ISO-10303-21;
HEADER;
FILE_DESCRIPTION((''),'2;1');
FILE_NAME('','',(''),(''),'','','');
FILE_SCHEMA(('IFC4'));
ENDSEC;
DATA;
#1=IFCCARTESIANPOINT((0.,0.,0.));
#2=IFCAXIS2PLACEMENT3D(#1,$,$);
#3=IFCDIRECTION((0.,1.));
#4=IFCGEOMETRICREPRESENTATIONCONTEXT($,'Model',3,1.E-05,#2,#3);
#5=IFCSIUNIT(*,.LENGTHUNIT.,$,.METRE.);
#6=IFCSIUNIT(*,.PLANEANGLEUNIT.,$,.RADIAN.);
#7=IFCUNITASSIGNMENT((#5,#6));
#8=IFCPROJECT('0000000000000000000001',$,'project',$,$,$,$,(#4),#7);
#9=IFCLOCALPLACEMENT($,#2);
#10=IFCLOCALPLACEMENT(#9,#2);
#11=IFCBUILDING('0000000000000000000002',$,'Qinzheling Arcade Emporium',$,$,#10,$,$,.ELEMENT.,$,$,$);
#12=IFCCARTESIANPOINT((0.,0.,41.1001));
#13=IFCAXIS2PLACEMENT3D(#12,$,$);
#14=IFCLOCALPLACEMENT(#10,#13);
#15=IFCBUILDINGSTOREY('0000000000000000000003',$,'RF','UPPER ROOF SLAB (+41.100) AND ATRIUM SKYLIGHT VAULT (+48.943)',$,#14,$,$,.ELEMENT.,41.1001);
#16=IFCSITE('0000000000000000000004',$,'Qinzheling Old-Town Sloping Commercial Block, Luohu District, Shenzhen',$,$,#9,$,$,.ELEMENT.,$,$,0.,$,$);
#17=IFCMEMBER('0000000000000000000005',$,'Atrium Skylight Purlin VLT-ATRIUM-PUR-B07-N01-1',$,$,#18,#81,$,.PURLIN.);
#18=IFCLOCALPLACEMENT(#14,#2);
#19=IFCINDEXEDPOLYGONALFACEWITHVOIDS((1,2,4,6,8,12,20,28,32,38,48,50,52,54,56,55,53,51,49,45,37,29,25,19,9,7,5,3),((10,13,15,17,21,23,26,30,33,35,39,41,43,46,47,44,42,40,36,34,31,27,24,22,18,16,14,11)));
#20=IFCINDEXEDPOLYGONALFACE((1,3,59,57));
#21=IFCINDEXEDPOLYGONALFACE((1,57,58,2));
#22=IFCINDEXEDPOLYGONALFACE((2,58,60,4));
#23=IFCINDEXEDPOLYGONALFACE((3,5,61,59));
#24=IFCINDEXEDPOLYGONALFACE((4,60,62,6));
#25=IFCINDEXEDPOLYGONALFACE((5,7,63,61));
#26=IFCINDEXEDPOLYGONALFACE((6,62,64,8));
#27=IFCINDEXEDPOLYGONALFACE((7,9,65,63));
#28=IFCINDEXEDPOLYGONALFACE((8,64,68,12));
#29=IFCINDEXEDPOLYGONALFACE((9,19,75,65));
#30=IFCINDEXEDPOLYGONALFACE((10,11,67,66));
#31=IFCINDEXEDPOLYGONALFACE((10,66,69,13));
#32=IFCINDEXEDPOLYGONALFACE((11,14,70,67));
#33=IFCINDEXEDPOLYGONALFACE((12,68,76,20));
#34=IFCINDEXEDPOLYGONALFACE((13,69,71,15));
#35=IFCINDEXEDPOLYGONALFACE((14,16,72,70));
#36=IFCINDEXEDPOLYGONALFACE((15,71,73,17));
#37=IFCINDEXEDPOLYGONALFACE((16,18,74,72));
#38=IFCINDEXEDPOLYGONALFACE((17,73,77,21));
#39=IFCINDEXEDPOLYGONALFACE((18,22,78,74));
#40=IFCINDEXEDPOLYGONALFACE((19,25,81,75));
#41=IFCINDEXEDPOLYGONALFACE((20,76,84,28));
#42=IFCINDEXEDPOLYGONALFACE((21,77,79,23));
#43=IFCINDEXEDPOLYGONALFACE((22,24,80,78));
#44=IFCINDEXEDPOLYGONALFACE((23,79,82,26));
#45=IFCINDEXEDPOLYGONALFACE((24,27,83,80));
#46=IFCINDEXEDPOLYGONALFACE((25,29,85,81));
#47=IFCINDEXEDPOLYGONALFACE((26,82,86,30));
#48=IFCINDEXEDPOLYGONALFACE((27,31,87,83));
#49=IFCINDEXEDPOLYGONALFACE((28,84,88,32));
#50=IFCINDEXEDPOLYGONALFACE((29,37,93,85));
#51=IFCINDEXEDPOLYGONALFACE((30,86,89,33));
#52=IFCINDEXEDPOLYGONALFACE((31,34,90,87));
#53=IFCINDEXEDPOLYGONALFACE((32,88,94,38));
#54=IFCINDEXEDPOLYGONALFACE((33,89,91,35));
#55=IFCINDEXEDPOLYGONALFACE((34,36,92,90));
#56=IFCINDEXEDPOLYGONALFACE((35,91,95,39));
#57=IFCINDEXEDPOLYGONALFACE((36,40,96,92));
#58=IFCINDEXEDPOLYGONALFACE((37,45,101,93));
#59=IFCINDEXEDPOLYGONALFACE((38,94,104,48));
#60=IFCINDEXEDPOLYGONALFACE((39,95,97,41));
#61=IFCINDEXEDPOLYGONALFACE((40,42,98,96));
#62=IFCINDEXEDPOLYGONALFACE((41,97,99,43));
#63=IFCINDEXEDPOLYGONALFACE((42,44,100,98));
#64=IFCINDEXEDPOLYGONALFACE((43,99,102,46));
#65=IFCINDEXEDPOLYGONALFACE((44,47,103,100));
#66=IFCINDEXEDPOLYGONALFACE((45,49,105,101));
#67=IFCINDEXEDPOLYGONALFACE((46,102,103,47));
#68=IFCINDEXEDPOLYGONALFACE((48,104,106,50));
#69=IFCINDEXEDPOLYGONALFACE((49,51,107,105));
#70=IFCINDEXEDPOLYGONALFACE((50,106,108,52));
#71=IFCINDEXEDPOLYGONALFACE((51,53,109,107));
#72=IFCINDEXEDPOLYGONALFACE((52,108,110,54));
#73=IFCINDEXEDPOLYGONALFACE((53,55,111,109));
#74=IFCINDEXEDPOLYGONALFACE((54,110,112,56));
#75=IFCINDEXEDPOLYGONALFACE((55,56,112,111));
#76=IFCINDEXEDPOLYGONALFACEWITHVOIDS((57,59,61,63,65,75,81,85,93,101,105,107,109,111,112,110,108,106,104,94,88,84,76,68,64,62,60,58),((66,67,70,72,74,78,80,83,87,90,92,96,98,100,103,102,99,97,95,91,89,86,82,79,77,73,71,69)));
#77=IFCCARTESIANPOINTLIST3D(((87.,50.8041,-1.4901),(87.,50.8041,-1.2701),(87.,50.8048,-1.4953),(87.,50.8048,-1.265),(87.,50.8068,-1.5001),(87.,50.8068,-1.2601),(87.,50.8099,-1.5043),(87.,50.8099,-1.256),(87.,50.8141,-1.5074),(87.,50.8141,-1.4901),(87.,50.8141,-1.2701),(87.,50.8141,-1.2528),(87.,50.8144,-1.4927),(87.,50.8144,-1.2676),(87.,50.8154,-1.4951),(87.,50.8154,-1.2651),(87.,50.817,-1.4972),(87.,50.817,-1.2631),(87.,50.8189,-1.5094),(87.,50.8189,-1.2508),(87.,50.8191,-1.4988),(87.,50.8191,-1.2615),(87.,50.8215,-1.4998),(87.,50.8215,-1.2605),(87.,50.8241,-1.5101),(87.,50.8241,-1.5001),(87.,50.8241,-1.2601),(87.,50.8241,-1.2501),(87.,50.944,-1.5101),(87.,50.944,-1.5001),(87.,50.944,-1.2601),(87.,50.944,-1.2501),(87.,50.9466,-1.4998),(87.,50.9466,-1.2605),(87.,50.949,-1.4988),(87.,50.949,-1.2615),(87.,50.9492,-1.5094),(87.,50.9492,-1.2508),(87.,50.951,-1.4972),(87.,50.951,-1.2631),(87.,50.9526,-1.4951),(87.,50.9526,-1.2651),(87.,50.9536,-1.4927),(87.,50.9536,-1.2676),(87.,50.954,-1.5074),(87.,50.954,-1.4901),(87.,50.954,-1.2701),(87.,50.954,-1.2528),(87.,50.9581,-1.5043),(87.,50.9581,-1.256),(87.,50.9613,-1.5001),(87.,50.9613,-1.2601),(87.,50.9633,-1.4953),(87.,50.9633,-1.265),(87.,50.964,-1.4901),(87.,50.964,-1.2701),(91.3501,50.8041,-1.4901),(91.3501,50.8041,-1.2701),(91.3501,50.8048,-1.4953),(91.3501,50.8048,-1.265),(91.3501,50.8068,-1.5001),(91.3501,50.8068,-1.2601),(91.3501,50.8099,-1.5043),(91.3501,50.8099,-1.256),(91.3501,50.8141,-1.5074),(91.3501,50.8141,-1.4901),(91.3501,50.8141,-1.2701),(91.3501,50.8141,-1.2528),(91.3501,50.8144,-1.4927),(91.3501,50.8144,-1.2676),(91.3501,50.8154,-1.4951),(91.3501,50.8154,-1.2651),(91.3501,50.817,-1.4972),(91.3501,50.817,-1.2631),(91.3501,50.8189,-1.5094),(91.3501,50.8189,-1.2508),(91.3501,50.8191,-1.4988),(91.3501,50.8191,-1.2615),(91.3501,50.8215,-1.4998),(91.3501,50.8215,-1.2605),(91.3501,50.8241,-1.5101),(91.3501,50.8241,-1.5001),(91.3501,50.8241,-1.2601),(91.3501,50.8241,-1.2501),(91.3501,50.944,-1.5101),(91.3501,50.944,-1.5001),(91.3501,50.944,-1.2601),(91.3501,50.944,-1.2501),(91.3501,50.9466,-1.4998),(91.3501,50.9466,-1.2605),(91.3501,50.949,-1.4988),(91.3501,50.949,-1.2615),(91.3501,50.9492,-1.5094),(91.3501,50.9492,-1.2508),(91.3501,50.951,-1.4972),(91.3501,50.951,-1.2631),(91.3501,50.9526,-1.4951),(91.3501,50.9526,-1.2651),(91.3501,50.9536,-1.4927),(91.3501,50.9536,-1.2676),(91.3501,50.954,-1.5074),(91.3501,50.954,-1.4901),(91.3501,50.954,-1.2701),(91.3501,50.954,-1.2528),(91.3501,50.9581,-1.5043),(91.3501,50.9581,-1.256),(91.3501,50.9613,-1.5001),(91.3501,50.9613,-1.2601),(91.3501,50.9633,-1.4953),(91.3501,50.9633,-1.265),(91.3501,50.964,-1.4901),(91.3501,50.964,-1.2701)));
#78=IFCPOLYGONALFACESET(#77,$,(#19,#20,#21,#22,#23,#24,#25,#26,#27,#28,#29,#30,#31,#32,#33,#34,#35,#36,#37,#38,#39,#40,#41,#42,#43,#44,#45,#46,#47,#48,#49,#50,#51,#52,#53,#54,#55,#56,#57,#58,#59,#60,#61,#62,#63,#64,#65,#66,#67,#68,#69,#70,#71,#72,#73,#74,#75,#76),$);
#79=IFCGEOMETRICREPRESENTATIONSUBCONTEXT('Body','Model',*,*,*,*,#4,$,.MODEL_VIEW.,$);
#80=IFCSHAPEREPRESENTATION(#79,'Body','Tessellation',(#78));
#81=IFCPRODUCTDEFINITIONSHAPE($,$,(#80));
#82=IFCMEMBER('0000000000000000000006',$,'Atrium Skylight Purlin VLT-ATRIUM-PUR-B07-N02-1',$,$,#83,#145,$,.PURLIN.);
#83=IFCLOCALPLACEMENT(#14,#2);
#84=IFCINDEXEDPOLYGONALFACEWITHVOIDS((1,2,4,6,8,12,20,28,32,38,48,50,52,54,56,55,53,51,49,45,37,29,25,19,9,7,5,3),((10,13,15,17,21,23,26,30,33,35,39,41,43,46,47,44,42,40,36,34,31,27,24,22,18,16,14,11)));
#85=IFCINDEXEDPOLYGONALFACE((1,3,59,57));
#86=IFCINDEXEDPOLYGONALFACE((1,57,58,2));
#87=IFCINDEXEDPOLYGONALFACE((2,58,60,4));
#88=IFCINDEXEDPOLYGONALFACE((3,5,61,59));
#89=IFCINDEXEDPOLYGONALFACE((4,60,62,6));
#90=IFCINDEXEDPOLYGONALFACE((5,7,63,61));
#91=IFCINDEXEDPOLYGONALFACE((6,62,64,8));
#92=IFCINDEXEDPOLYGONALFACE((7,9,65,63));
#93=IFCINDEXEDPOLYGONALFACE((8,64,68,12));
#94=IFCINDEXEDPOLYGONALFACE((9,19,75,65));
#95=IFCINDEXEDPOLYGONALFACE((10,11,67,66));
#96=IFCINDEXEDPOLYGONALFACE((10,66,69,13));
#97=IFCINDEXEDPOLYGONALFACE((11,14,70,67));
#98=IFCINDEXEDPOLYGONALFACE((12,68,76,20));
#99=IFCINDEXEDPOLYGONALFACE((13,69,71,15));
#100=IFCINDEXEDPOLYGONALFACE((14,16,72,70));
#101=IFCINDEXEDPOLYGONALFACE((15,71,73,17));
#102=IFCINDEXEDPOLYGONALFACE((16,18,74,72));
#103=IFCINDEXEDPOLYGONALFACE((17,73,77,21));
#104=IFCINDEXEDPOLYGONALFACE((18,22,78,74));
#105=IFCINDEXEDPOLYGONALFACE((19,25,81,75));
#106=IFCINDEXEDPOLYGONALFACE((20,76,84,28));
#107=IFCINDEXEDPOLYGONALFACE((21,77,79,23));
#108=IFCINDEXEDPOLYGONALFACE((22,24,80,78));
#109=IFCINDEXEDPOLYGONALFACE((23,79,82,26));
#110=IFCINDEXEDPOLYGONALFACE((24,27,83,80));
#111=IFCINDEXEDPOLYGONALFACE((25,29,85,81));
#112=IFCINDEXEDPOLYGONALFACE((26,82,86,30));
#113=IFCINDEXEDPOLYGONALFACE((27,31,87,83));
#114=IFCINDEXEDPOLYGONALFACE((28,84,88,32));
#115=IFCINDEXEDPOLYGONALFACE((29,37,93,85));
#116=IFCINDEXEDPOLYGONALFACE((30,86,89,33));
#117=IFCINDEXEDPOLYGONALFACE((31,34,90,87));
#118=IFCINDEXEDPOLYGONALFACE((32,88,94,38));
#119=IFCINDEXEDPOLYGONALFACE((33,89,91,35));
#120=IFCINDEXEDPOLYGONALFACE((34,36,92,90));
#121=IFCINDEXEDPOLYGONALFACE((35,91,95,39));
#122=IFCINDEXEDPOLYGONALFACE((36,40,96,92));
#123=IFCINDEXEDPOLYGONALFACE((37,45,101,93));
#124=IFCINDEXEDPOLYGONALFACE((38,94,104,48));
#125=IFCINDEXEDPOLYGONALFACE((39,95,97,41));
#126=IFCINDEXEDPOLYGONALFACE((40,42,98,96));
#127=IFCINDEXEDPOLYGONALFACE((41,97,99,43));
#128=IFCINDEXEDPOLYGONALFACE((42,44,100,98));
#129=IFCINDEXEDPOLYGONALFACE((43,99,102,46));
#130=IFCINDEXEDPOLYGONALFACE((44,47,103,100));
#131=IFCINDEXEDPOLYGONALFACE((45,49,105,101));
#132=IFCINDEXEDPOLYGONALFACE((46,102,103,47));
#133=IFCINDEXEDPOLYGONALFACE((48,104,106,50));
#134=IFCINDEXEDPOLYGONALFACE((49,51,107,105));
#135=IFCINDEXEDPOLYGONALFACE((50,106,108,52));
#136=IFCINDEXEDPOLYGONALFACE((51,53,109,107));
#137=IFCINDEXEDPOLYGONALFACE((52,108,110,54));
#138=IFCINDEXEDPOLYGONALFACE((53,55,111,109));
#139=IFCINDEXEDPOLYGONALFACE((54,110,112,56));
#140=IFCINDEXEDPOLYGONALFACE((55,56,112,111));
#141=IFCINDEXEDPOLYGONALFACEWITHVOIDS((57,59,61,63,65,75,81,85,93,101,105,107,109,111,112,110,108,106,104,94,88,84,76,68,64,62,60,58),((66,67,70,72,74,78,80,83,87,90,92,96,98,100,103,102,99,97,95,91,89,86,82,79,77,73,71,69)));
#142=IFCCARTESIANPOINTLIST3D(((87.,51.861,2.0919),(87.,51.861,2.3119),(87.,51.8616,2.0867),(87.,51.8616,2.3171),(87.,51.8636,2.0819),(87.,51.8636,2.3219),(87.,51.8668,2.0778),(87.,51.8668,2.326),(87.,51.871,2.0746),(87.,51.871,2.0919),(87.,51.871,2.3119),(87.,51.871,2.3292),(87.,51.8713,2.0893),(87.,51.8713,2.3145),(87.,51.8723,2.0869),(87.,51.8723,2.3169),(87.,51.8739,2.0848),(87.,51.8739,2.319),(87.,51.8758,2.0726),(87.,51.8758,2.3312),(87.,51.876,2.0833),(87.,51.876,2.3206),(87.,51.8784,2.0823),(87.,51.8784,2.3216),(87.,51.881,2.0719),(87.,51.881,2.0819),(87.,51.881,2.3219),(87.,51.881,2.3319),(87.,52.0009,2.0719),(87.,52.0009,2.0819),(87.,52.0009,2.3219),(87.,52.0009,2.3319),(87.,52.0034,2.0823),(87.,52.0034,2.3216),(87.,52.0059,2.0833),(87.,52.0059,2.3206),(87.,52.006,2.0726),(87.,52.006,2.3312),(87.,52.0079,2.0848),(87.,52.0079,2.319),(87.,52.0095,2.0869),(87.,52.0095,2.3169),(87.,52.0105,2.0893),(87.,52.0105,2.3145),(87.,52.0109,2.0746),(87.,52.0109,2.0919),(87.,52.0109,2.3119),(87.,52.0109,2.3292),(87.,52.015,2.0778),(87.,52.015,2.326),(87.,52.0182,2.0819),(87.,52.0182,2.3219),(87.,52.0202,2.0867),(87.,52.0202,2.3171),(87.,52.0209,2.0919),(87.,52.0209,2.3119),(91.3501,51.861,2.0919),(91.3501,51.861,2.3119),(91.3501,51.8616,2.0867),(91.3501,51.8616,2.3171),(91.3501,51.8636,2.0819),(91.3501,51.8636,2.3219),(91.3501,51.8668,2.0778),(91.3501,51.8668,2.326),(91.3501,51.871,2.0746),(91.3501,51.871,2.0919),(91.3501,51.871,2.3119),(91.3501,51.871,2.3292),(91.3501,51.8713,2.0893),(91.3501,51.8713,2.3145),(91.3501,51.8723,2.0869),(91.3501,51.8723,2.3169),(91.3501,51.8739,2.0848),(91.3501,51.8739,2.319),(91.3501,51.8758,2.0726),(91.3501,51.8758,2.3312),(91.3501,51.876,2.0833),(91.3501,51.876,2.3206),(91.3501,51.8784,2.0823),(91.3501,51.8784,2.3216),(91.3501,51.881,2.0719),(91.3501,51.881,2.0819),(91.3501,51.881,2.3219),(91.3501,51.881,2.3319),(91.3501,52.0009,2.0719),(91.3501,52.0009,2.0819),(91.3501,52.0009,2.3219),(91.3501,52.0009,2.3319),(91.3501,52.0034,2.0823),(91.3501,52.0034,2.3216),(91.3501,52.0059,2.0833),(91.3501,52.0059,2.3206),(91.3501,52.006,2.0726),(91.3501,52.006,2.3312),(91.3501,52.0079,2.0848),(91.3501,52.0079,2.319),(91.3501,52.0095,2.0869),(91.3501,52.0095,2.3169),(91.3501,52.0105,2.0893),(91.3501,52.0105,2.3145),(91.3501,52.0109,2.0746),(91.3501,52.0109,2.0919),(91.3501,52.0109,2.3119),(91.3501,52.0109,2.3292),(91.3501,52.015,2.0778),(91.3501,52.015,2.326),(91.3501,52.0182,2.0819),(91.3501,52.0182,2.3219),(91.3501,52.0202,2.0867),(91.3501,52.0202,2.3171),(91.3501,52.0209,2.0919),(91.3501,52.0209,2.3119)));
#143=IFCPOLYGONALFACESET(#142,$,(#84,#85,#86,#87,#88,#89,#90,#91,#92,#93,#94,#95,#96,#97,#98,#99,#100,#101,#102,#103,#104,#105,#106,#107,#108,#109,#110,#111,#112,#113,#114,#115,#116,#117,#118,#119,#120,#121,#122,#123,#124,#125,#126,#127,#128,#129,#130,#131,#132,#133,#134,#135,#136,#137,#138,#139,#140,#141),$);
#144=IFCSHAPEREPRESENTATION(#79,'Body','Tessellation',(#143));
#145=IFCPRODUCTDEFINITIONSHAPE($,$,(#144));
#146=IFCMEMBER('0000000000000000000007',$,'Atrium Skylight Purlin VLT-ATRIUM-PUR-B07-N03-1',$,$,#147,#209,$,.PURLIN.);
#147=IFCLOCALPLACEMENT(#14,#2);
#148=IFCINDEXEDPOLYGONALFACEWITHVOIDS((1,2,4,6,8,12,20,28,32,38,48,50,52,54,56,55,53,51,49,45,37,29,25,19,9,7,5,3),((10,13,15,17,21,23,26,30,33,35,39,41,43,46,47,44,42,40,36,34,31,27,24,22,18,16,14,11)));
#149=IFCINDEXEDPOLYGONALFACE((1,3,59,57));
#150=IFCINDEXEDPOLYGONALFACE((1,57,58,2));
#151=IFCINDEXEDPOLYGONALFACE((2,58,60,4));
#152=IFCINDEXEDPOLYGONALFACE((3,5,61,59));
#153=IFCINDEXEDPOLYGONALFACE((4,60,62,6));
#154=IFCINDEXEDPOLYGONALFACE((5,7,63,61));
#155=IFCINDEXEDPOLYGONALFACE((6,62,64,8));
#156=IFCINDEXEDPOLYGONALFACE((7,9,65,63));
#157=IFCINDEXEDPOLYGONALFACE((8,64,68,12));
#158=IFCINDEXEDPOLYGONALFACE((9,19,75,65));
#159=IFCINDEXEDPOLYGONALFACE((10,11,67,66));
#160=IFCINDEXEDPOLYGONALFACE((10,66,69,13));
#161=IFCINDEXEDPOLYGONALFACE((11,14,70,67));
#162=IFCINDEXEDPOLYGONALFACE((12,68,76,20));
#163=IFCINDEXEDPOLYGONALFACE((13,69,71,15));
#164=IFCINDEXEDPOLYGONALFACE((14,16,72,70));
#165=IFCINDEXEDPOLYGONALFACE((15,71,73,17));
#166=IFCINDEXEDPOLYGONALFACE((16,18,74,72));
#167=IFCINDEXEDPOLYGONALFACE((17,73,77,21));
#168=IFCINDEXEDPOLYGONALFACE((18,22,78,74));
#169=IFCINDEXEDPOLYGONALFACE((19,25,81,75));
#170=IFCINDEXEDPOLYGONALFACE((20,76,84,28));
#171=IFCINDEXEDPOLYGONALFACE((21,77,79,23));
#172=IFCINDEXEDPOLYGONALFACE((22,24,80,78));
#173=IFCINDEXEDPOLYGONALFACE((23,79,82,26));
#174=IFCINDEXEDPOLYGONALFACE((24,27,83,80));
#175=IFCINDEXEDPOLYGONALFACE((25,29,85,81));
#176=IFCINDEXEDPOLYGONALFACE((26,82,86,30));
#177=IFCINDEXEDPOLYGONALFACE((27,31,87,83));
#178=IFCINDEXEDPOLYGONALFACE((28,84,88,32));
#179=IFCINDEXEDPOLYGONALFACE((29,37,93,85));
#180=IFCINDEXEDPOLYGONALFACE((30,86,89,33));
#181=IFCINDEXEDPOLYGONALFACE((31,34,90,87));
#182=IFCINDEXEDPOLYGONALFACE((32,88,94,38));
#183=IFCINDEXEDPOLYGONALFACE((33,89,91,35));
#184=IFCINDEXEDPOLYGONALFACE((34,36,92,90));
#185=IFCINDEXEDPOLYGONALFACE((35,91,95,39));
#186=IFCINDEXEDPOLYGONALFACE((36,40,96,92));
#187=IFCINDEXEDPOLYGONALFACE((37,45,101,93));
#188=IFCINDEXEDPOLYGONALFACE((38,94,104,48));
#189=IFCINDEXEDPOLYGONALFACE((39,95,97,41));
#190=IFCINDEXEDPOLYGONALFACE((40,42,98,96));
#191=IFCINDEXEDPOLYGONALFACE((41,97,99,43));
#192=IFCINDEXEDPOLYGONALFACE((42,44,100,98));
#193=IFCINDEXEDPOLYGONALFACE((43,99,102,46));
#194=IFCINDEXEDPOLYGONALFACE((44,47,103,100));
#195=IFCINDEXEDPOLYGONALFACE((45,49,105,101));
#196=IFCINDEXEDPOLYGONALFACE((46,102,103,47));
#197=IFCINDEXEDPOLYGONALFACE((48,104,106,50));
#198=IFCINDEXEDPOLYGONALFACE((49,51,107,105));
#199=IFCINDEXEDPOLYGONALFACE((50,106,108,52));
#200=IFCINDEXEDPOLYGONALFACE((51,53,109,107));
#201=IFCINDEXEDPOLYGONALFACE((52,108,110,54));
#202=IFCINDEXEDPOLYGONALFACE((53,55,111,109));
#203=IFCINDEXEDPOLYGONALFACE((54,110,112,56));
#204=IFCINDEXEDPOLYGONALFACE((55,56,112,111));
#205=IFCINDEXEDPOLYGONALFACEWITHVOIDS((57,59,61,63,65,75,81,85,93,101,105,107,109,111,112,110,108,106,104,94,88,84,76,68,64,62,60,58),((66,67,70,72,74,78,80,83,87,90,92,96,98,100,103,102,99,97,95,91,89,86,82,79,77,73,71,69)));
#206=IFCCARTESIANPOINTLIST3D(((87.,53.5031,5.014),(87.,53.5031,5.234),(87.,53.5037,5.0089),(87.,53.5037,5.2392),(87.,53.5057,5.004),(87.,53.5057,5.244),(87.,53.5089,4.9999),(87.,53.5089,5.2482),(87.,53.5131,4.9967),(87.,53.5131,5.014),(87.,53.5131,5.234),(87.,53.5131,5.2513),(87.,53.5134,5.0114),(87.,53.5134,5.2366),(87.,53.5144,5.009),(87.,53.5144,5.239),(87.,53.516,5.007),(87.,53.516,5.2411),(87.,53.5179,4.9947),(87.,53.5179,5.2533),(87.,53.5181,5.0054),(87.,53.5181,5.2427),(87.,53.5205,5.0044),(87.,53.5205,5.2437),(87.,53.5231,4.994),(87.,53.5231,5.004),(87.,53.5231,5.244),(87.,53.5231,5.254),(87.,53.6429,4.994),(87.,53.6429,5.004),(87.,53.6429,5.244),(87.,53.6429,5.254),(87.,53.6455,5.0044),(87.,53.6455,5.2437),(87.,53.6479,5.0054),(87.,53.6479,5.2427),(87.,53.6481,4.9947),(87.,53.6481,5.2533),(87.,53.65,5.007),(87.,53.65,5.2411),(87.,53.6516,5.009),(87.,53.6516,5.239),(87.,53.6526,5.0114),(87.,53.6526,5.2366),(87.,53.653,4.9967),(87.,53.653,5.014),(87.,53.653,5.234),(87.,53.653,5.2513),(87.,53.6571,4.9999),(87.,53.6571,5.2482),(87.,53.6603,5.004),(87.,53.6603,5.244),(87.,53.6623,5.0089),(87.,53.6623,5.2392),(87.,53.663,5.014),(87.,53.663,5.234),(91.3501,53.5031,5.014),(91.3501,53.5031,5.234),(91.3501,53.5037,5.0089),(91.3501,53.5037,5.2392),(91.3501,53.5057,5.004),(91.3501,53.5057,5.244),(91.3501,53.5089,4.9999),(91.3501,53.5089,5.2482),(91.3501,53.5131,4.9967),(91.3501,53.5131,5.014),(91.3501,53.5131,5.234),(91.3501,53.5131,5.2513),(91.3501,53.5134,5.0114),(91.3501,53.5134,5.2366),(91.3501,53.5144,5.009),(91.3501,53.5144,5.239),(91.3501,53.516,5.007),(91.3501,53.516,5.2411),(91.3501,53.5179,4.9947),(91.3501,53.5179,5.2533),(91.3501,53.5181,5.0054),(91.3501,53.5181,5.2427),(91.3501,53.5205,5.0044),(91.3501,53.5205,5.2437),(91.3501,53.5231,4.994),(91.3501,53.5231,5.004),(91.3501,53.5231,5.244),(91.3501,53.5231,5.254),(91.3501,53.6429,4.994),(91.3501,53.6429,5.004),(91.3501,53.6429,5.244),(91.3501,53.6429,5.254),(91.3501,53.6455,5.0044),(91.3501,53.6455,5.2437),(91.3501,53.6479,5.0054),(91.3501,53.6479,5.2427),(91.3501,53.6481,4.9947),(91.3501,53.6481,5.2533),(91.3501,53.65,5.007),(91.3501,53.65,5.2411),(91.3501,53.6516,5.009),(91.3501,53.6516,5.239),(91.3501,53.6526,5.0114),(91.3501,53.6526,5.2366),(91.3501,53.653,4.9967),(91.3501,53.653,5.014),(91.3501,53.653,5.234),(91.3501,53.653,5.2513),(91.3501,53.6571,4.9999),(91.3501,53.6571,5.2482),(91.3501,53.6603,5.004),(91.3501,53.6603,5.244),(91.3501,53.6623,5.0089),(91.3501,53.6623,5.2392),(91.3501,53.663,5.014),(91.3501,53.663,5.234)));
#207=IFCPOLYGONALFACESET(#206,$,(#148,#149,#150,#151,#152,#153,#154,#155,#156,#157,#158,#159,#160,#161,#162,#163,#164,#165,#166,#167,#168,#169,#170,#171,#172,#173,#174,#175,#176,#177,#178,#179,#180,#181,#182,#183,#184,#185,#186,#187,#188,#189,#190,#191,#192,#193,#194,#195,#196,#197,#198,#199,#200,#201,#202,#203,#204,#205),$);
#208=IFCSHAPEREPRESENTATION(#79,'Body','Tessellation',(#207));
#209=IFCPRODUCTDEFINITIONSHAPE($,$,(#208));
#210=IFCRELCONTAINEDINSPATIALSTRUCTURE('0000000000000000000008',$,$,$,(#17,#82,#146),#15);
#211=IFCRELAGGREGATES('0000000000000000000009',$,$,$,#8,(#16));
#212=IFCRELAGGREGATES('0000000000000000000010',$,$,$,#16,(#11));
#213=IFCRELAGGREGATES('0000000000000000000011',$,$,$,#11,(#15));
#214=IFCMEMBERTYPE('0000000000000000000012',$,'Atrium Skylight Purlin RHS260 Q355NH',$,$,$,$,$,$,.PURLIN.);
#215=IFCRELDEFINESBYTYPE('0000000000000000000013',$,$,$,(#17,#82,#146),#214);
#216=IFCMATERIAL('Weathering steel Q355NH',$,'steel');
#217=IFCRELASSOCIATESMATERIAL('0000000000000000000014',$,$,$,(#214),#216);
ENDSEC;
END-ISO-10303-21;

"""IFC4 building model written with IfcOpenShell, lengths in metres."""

from ifc_helpers import new_model, si_unit, direction, frame, origin, origin_2d, place, context, subcontext, project, spatial, hollow_rectangle, extrude, material, material_profile, profile_set, type_object, element, save


model = new_model("IFC4")

# Units and contexts
model_context = context("Model", 3, precision=1e-05, world=origin(), true_north=direction((0.0, 1.0)))
body_context = subcontext(model_context, "Body", "Model", "MODEL_VIEW")
ifc_project = project(units=[si_unit("LENGTHUNIT", "METRE"), si_unit("PLANEANGLEUNIT", "RADIAN")], contexts=[model_context])

# Site, building, storey
site_placement = place(None, origin())
site = spatial("IfcSite", under=ifc_project, at=site_placement, Name="Qinzheling Old-Town Sloping Commercial Block, Luohu District, Shenzhen", CompositionType="ELEMENT", RefElevation=0.0)
building_placement = place(site_placement, origin())
building = spatial("IfcBuilding", under=site, at=building_placement, Name="Qinzheling Arcade Emporium", CompositionType="ELEMENT")
storey_placement = place(building_placement, frame((0.0, 0.0, 41.1001)))
storey = spatial("IfcBuildingStorey", under=building, at=storey_placement, Name="RF", Description="UPPER ROOF SLAB (+41.100) AND ATRIUM SKYLIGHT VAULT (+48.943)", CompositionType="ELEMENT", Elevation=41.1001)

# Shared definitions
ifc_material_1 = material(Name="Weathering steel Q355NH", Category="steel")

# Members
ifc_material_profile_1 = material_profile(ifc_material_1, hollow_rectangle(XDim=0.1599, YDim=0.26, WallThickness=0.01, InnerFilletRadius=0.01, OuterFilletRadius=0.02, at=origin_2d()), Name="RHS 260x160x10", Category="steel")
ifc_profile_set_1 = profile_set([ifc_material_profile_1], Name="Weathering steel Q355NH")
member_type = type_object("IfcMemberType", Name="Atrium Skylight Purlin RHS260 Q355NH", PredefinedType="PURLIN", material=ifc_profile_set_1)
for number, where, z_axis, x_axis, name in (
    (1, (87.0, 50.884, -1.3801), (1.0, 0.0, 0.0), (0.0, 1.0, 0.0), "Atrium Skylight Purlin VLT-ATRIUM-PUR-B07-N01-1"),
    (2, (87.0, 51.9409, 2.2019), (1.0, 0.0, 0.0), (0.0, 1.0, 0.0), "Atrium Skylight Purlin VLT-ATRIUM-PUR-B07-N02-1"),
    (3, (87.0, 53.583, 5.124), (1.0, 0.0, 0.0), (0.0, 1.0, 0.0), "Atrium Skylight Purlin VLT-ATRIUM-PUR-B07-N03-1"),
):
    element("IfcMember", number, at=place(storey_placement, frame(where, z_axis=z_axis, x_axis=x_axis)), inside=storey, type_object=member_type, Name=name, PredefinedType="PURLIN", context=body_context, shape_type="SweptSolid", body=[
        extrude(hollow_rectangle(XDim=0.1599, YDim=0.26, WallThickness=0.01, InnerFilletRadius=0.01, OuterFilletRadius=0.02, at=origin_2d()), origin(), (0.0, 0.0, 1.0), 4.3501),
    ])

save(model, "model.ifc")
